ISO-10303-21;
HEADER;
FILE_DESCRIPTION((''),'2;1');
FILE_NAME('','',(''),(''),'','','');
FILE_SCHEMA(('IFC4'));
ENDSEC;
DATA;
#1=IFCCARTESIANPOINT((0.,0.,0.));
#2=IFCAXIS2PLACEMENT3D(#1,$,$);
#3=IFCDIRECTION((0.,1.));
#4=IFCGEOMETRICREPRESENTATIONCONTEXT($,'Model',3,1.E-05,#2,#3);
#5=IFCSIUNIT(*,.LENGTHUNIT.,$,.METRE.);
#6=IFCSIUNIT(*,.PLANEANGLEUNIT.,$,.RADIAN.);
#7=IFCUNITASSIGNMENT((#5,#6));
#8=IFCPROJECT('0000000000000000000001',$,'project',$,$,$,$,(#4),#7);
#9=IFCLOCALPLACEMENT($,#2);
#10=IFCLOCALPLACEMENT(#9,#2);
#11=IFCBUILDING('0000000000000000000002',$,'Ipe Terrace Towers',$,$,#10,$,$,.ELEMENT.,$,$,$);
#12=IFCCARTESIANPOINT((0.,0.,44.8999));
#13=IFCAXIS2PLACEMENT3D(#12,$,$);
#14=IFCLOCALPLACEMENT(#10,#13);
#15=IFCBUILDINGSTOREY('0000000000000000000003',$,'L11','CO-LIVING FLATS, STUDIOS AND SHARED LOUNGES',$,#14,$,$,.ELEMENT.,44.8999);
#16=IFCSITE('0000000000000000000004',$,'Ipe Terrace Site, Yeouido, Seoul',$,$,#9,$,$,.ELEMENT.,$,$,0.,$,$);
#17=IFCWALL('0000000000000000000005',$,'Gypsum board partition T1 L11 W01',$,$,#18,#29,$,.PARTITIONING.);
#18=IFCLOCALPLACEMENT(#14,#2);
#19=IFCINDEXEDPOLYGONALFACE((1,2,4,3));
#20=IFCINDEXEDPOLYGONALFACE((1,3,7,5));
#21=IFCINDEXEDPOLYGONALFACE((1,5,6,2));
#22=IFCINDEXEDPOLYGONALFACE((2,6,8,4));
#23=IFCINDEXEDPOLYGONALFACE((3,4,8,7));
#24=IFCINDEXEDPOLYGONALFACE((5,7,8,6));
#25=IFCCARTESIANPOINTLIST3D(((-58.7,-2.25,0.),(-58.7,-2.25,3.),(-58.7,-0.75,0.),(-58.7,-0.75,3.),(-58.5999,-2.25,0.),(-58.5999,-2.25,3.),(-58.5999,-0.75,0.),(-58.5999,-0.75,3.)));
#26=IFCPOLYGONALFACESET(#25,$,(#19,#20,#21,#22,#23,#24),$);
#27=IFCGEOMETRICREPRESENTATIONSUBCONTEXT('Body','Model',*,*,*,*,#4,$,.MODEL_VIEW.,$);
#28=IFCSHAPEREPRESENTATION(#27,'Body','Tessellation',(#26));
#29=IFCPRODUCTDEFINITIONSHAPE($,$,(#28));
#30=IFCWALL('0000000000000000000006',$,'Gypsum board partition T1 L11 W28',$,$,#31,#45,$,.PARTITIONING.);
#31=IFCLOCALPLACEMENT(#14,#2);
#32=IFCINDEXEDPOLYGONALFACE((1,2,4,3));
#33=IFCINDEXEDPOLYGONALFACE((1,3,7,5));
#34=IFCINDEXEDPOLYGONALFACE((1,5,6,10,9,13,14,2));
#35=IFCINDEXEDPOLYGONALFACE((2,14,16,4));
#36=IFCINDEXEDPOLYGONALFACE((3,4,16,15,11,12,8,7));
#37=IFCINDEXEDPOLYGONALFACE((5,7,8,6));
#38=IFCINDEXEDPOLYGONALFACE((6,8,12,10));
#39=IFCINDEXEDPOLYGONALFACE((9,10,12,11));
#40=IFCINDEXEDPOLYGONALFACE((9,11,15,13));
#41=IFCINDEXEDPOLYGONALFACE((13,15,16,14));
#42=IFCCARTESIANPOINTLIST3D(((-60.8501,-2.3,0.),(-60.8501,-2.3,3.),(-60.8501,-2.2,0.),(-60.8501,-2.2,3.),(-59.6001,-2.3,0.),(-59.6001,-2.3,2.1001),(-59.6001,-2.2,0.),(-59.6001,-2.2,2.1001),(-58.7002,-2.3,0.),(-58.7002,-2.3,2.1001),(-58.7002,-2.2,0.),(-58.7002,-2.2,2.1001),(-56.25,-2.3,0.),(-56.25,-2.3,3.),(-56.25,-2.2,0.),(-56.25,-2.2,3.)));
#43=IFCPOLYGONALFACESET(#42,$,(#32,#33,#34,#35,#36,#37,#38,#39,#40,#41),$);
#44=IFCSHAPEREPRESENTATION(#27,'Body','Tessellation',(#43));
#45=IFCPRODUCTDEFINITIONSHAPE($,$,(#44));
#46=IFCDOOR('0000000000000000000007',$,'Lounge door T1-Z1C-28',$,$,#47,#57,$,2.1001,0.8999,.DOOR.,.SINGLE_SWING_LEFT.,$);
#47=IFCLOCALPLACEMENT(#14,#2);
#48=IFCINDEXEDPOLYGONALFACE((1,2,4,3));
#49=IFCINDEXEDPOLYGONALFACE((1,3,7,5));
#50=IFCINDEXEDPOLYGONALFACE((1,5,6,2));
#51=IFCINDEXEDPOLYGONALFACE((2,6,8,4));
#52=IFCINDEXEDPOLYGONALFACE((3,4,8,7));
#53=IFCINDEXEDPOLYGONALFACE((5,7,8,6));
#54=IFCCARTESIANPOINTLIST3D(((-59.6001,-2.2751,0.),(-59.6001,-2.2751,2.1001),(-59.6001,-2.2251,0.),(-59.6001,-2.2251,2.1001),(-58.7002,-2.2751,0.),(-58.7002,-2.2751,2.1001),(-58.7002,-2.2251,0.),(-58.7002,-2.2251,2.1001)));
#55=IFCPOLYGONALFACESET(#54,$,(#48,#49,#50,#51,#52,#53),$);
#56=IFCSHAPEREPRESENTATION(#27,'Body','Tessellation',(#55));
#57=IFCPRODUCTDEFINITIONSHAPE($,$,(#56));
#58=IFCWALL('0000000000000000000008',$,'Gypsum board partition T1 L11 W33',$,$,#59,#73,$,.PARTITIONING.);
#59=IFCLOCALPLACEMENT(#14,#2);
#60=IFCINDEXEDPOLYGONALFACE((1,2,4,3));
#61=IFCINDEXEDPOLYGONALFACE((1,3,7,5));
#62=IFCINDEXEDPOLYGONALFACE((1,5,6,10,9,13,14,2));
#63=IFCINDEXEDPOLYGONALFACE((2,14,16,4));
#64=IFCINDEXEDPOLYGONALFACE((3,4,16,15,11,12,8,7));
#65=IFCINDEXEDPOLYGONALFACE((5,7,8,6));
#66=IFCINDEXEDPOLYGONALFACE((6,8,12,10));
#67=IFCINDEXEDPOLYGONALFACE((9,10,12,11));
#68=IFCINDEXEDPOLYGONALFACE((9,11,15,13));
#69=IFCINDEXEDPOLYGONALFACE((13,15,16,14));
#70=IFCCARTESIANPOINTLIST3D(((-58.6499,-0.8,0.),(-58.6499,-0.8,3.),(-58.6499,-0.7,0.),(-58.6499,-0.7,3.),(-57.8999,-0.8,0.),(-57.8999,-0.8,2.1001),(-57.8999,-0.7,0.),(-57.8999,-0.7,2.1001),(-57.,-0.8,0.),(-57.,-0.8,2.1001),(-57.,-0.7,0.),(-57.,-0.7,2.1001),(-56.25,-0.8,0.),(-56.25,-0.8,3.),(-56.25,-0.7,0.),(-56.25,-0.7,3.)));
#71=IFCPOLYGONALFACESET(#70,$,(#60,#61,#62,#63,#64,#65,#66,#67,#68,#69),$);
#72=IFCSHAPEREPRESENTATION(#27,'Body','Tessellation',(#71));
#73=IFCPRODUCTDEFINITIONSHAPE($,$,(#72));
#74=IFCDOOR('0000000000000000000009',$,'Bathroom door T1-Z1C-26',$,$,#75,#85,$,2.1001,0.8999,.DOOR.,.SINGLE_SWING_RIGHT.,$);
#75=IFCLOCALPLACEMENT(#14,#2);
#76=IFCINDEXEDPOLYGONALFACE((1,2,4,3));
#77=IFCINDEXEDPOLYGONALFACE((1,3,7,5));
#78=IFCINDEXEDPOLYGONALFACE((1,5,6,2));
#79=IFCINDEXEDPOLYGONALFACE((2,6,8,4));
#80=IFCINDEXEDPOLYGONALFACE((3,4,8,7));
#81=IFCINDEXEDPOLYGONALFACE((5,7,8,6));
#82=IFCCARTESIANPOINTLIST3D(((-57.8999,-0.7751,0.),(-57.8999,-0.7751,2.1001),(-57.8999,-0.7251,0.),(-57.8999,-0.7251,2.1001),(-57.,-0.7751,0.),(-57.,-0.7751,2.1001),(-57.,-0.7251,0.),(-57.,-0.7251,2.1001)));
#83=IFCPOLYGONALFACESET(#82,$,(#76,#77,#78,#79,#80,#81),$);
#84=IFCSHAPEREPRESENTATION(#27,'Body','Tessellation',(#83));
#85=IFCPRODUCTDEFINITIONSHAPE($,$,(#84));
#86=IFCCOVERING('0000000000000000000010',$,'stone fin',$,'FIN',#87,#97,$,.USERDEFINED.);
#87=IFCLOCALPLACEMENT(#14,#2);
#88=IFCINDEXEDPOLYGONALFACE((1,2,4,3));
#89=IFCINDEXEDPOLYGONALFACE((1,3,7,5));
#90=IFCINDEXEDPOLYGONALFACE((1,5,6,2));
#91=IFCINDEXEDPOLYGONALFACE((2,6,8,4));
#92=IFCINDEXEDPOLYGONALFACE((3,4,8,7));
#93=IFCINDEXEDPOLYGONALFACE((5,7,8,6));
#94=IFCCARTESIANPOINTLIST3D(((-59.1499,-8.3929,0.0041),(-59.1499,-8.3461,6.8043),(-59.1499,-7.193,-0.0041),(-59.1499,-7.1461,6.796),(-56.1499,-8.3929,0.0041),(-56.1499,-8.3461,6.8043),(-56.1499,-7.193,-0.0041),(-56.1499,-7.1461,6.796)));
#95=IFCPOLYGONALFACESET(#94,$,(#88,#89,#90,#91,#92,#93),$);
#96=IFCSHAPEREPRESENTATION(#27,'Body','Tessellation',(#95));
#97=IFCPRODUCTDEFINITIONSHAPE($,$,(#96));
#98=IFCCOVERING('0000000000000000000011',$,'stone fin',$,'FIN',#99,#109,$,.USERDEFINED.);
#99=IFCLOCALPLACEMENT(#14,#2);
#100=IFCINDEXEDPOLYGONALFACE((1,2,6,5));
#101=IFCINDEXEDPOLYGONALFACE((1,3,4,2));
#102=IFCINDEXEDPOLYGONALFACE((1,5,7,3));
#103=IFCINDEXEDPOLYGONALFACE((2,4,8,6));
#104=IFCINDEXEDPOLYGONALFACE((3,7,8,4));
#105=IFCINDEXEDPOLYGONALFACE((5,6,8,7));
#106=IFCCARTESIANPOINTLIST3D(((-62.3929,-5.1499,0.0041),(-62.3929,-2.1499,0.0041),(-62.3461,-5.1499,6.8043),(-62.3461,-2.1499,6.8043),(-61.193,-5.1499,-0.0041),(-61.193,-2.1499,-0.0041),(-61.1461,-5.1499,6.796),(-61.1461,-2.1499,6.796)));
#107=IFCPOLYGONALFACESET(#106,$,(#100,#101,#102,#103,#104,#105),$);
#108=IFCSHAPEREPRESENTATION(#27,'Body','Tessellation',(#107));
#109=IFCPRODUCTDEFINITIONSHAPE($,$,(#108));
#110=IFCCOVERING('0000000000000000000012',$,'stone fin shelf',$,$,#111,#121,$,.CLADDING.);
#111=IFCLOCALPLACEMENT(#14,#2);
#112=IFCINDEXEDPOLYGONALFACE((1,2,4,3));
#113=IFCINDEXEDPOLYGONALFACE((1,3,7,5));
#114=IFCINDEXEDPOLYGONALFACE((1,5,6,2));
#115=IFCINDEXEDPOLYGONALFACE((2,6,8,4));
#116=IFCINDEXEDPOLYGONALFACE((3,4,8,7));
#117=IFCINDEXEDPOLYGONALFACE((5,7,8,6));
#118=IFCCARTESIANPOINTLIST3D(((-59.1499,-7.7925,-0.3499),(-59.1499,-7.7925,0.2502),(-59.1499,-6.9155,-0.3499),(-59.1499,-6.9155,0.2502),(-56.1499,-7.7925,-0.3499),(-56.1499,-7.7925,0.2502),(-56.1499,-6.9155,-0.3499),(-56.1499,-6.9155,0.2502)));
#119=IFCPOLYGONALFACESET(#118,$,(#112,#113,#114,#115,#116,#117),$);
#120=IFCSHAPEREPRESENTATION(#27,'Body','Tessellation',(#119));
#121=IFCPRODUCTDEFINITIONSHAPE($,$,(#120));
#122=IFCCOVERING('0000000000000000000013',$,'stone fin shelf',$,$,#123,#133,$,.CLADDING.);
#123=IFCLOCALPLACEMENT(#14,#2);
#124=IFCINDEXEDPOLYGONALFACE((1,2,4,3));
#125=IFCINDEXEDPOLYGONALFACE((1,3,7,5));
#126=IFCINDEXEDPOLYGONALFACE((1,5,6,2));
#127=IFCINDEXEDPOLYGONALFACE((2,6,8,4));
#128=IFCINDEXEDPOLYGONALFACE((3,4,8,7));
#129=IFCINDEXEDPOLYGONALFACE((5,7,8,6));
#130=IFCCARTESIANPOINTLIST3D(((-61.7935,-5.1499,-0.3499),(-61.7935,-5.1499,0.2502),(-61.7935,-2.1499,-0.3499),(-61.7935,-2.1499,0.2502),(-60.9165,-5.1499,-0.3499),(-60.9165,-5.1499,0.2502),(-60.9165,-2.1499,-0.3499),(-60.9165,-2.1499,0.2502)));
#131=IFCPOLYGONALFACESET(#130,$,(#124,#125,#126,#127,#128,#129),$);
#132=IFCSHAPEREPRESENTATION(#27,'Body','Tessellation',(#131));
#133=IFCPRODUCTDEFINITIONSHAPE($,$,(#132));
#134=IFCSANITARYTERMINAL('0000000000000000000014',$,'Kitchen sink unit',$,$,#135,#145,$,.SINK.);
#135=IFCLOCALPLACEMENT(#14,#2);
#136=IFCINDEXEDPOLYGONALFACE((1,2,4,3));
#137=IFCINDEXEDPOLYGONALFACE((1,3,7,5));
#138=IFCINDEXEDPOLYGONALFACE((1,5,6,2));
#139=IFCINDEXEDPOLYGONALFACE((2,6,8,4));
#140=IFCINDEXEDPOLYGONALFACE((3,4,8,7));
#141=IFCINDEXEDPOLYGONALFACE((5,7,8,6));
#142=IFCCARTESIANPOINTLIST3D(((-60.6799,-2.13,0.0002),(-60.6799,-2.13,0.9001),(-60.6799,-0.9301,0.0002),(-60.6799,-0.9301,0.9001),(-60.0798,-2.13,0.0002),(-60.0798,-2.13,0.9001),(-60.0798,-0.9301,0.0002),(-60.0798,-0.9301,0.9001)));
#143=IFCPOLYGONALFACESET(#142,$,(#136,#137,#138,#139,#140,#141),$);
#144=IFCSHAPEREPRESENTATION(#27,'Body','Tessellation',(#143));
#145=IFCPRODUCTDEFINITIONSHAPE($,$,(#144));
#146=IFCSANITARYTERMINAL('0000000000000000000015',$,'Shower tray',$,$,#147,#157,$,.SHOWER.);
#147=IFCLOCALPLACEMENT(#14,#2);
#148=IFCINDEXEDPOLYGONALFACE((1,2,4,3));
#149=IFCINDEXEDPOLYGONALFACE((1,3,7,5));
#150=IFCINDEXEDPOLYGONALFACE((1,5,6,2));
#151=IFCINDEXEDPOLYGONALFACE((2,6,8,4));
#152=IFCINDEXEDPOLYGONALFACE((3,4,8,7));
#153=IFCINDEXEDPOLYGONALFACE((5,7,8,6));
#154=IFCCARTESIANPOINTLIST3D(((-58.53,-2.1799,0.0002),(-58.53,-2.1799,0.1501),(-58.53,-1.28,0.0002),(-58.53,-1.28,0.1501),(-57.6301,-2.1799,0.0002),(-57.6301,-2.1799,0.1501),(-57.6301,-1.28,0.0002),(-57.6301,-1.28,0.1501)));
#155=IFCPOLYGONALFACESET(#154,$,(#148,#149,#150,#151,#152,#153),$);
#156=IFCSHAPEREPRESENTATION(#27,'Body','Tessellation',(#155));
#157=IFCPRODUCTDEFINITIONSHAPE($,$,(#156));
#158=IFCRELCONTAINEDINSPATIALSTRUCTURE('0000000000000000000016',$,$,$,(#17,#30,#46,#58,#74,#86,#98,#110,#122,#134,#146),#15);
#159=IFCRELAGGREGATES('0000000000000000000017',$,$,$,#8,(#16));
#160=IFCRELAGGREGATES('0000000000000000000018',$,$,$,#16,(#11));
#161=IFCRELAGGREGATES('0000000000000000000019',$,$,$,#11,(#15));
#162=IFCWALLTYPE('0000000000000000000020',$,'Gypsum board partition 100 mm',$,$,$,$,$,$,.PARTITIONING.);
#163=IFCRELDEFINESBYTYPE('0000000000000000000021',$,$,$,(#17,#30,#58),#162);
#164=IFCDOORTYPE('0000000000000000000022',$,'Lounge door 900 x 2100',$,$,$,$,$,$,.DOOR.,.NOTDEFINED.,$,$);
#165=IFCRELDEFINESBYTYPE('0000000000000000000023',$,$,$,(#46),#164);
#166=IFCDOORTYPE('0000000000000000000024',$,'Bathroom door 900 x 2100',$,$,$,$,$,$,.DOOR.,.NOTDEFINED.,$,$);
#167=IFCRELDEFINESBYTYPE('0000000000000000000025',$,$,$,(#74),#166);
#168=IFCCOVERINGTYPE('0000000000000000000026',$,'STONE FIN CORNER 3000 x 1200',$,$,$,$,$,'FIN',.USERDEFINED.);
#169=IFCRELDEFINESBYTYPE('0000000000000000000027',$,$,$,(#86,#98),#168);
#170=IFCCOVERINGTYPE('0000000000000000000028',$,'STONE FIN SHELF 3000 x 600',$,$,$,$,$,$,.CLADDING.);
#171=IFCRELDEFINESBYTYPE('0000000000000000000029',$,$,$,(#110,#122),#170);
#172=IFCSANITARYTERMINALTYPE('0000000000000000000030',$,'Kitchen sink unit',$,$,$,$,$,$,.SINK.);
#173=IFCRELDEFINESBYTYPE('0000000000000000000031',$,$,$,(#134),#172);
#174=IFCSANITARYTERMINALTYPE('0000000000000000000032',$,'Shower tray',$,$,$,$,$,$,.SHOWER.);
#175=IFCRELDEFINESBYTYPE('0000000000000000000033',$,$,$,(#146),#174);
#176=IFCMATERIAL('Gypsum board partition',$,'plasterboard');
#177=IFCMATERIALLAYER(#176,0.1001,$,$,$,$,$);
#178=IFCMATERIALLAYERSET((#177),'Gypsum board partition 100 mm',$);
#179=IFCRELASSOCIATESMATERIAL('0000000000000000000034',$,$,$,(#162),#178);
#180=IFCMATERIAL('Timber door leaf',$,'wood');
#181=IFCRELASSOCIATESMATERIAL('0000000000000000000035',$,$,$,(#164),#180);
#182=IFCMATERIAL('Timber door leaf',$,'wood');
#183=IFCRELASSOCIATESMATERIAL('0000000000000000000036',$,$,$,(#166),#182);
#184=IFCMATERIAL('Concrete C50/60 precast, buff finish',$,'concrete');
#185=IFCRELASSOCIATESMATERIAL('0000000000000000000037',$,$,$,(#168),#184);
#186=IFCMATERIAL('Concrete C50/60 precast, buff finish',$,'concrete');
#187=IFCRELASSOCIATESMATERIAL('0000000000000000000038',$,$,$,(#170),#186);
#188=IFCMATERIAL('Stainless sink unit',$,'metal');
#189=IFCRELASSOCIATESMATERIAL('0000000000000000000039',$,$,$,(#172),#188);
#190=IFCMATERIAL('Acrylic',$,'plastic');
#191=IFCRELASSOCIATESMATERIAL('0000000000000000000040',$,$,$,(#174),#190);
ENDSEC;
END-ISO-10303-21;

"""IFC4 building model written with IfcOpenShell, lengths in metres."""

from ifc_helpers import new_model, si_unit, direction, frame, frame_2d, origin, origin_2d, place, context, subcontext, project, spatial, rectangle, extrude, material, layer, layer_set, material_profile, profile_set, type_object, element, fill, save


model = new_model("IFC4")

# Units and contexts
model_context = context("Model", 3, precision=1e-05, world=origin(), true_north=direction((0.0, 1.0)))
body_context = subcontext(model_context, "Body", "Model", "MODEL_VIEW")
ifc_project = project(units=[si_unit("LENGTHUNIT", "METRE"), si_unit("PLANEANGLEUNIT", "RADIAN")], contexts=[model_context])

# Site, building, storey
site_placement = place(None, origin())
site = spatial("IfcSite", under=ifc_project, at=site_placement, Name="Ipe Terrace Site, Yeouido, Seoul", CompositionType="ELEMENT", RefElevation=0.0)
building_placement = place(site_placement, origin())
building = spatial("IfcBuilding", under=site, at=building_placement, Name="Ipe Terrace Towers", CompositionType="ELEMENT")
storey_placement = place(building_placement, frame((0.0, 0.0, 44.8999)))
storey = spatial("IfcBuildingStorey", under=building, at=storey_placement, Name="L11", Description="CO-LIVING FLATS, STUDIOS AND SHARED LOUNGES", CompositionType="ELEMENT", Elevation=44.8999)

# Wall
ifc_material_1 = material(Name="Gypsum board partition", Category="plasterboard")
ifc_layer_1 = layer(ifc_material_1, 0.1001)
ifc_layer_set_1 = layer_set([ifc_layer_1], Name="Gypsum board partition 100 mm")
wall_type_1 = type_object("IfcWallType", Name="Gypsum board partition 100 mm", PredefinedType="PARTITIONING", material=ifc_layer_set_1)
wall_1_placement = place(storey_placement, frame((-58.6499, -2.25, 0.0), z_axis=(0.0, 0.0, 1.0), x_axis=(0.0, 1.0, 0.0)))
element("IfcWall", 1, at=wall_1_placement, inside=storey, type_object=wall_type_1, Name="Gypsum board partition T1 L11 W01", PredefinedType="PARTITIONING", context=body_context, shape_type="SweptSolid", body=[
    extrude(rectangle(XDim=1.5, YDim=0.1001, at=frame_2d((0.75, 0.0))), origin(), (0.0, 0.0, 1.0), 3.0),
])

# Walls, openings, doors
wall_2_placement = place(storey_placement, frame((-60.8501, -2.25, 0.0), z_axis=(0.0, 0.0, 1.0), x_axis=(1.0, 0.0, 0.0)))
wall_2 = element("IfcWall", 2, at=wall_2_placement, inside=storey, type_object=wall_type_1, Name="Gypsum board partition T1 L11 W28", PredefinedType="PARTITIONING", context=body_context, shape_type="SweptSolid", body=[
    extrude(rectangle(XDim=4.6001, YDim=0.1001, at=frame_2d((2.3, 0.0))), origin(), (0.0, 0.0, 1.0), 3.0),
])
opening_1_placement = place(wall_2_placement, frame((1.25, 0.0, 0.0)))
opening_1 = element("IfcOpeningElement", 3, at=opening_1_placement, cuts=wall_2, PredefinedType="OPENING", context=body_context, shape_type="SweptSolid", body=[
    extrude(rectangle(XDim=0.8999, YDim=2.1001, at=frame_2d((0.45, 1.05))), frame((0.0, 0.0601, 0.0), z_axis=(0.0, -1.0, 0.0), x_axis=(1.0, 0.0, 0.0)), (0.0, 0.0, 1.0), 0.1201),
])
ifc_material_2 = material(Name="Timber door leaf", Category="wood")
door_type_1 = type_object("IfcDoorType", Name="Lounge door 900 x 2100", OperationType="NOTDEFINED", PredefinedType="DOOR", material=ifc_material_2)
door_1_placement = place(opening_1_placement, origin())
door_1 = element("IfcDoor", 4, at=door_1_placement, inside=storey, type_object=door_type_1, Name="Lounge door T1-Z1C-28", OperationType="SINGLE_SWING_LEFT", OverallHeight=2.1001, OverallWidth=0.8999, PredefinedType="DOOR", context=body_context, shape_type="SweptSolid", body=[
    extrude(rectangle(XDim=0.8999, YDim=2.1001, at=frame_2d((0.45, 1.05))), frame((0.0, 0.0249, 0.0), z_axis=(0.0, -1.0, 0.0), x_axis=(1.0, 0.0, 0.0)), (0.0, 0.0, 1.0), 0.05),
])
fill(opening_1, door_1)
wall_3_placement = place(storey_placement, frame((-58.6499, -0.75, 0.0), z_axis=(0.0, 0.0, 1.0), x_axis=(1.0, 0.0, 0.0)))
wall_3 = element("IfcWall", 5, at=wall_3_placement, inside=storey, type_object=wall_type_1, Name="Gypsum board partition T1 L11 W33", PredefinedType="PARTITIONING", context=body_context, shape_type="SweptSolid", body=[
    extrude(rectangle(XDim=2.3999, YDim=0.1001, at=frame_2d((1.2, 0.0))), origin(), (0.0, 0.0, 1.0), 3.0),
])
opening_2_placement = place(wall_3_placement, frame((0.75, 0.0, 0.0)))
opening_2 = element("IfcOpeningElement", 6, at=opening_2_placement, cuts=wall_3, PredefinedType="OPENING", context=body_context, shape_type="SweptSolid", body=[
    extrude(rectangle(XDim=0.8999, YDim=2.1001, at=frame_2d((0.45, 1.05))), frame((0.0, 0.0601, 0.0), z_axis=(0.0, -1.0, 0.0), x_axis=(1.0, 0.0, 0.0)), (0.0, 0.0, 1.0), 0.1201),
])
ifc_material_3 = material(Name="Timber door leaf", Category="wood")
door_type_2 = type_object("IfcDoorType", Name="Bathroom door 900 x 2100", OperationType="NOTDEFINED", PredefinedType="DOOR", material=ifc_material_3)
door_2_placement = place(opening_2_placement, origin())
door_2 = element("IfcDoor", 7, at=door_2_placement, inside=storey, type_object=door_type_2, Name="Bathroom door T1-Z1C-26", OperationType="SINGLE_SWING_RIGHT", OverallHeight=2.1001, OverallWidth=0.8999, PredefinedType="DOOR", context=body_context, shape_type="SweptSolid", body=[
    extrude(rectangle(XDim=0.8999, YDim=2.1001, at=frame_2d((0.45, 1.05))), frame((0.0, 0.0249, 0.0), z_axis=(0.0, -1.0, 0.0), x_axis=(1.0, 0.0, 0.0)), (0.0, 0.0, 1.0), 0.05),
])
fill(opening_2, door_2)

# Coverings
ifc_material_4 = material(Name="Concrete C50/60 precast, buff finish", Category="concrete")
ifc_material_profile_1 = material_profile(ifc_material_4, rectangle(XDim=3.0, YDim=1.2, at=origin_2d()), Name="STONE FIN CORNER 3000 x 1200")
ifc_profile_set_1 = profile_set([ifc_material_profile_1], Name="Concrete C50/60 precast, buff finish")
covering_type_1 = type_object("IfcCoveringType", Name="STONE FIN CORNER 3000 x 1200", ElementType="FIN", PredefinedType="USERDEFINED", material=ifc_profile_set_1)
for number, where, z_axis, x_axis, name in (
    (8, (-57.6499, -7.793, 0.0), (0.0, 0.006893, 0.999976), (1.0, 0.0, 0.0), "stone fin"),
    (9, (-61.793, -3.6499, 0.0), (0.006893, 0.0, 0.999976), (0.0, -1.0, 0.0), "stone fin"),
):
    element("IfcCovering", number, at=place(storey_placement, frame(where, z_axis=z_axis, x_axis=x_axis)), inside=storey, type_object=covering_type_1, Name=name, ObjectType="FIN", PredefinedType="USERDEFINED", context=body_context, shape_type="SweptSolid", body=[
        extrude(rectangle(XDim=3.0, YDim=1.2, at=origin_2d()), origin(), (0.0, 0.0, 1.0), 6.8003),
    ])
ifc_material_5 = material(Name="Concrete C50/60 precast, buff finish", Category="concrete")
covering_type_2 = type_object("IfcCoveringType", Name="STONE FIN SHELF 3000 x 600", PredefinedType="CLADDING", material=ifc_material_5)
for number, where, z_axis, x_axis, name in (
    (10, (-57.6499, -7.354, -0.3499), (0.0, 0.0, 1.0), (1.0, 0.0, 0.0), "stone fin shelf"),
    (11, (-61.355, -3.6499, -0.3499), (0.0, 0.0, 1.0), (0.0, -1.0, 0.0), "stone fin shelf"),
):
    element("IfcCovering", number, at=place(storey_placement, frame(where, z_axis=z_axis, x_axis=x_axis)), inside=storey, type_object=covering_type_2, Name=name, PredefinedType="CLADDING", context=body_context, shape_type="SweptSolid", body=[
        extrude(rectangle(XDim=3.0, YDim=0.877, at=origin_2d()), origin(), (0.0, 0.0, 1.0), 0.6001),
    ])

# Sanitary terminals
ifc_material_6 = material(Name="Stainless sink unit", Category="metal")
sanitary_terminal_type_1 = type_object("IfcSanitaryTerminalType", Name="Kitchen sink unit", PredefinedType="SINK", material=ifc_material_6)
sanitary_terminal_1_placement = place(storey_placement, frame((-60.3799, -1.53, 0.0002), z_axis=(0.0, 0.0, 1.0), x_axis=(0.0, 1.0, 0.0)))
element("IfcSanitaryTerminal", 12, at=sanitary_terminal_1_placement, inside=storey, type_object=sanitary_terminal_type_1, Name="Kitchen sink unit", PredefinedType="SINK", context=body_context, shape_type="SweptSolid", body=[
    extrude(rectangle(XDim=1.2, YDim=0.6001, at=origin_2d()), origin(), (0.0, 0.0, 1.0), 0.8999),
])
ifc_material_7 = material(Name="Acrylic", Category="plastic")
sanitary_terminal_type_2 = type_object("IfcSanitaryTerminalType", Name="Shower tray", PredefinedType="SHOWER", material=ifc_material_7)
sanitary_terminal_2_placement = place(storey_placement, frame((-58.0801, -1.73, 0.0002), z_axis=(0.0, 0.0, 1.0), x_axis=(0.0, 1.0, 0.0)))
element("IfcSanitaryTerminal", 13, at=sanitary_terminal_2_placement, inside=storey, type_object=sanitary_terminal_type_2, Name="Shower tray", PredefinedType="SHOWER", context=body_context, shape_type="SweptSolid", body=[
    extrude(rectangle(XDim=0.8999, YDim=0.8999, at=origin_2d()), origin(), (0.0, 0.0, 1.0), 0.1499),
])

save(model, "model.ifc")
